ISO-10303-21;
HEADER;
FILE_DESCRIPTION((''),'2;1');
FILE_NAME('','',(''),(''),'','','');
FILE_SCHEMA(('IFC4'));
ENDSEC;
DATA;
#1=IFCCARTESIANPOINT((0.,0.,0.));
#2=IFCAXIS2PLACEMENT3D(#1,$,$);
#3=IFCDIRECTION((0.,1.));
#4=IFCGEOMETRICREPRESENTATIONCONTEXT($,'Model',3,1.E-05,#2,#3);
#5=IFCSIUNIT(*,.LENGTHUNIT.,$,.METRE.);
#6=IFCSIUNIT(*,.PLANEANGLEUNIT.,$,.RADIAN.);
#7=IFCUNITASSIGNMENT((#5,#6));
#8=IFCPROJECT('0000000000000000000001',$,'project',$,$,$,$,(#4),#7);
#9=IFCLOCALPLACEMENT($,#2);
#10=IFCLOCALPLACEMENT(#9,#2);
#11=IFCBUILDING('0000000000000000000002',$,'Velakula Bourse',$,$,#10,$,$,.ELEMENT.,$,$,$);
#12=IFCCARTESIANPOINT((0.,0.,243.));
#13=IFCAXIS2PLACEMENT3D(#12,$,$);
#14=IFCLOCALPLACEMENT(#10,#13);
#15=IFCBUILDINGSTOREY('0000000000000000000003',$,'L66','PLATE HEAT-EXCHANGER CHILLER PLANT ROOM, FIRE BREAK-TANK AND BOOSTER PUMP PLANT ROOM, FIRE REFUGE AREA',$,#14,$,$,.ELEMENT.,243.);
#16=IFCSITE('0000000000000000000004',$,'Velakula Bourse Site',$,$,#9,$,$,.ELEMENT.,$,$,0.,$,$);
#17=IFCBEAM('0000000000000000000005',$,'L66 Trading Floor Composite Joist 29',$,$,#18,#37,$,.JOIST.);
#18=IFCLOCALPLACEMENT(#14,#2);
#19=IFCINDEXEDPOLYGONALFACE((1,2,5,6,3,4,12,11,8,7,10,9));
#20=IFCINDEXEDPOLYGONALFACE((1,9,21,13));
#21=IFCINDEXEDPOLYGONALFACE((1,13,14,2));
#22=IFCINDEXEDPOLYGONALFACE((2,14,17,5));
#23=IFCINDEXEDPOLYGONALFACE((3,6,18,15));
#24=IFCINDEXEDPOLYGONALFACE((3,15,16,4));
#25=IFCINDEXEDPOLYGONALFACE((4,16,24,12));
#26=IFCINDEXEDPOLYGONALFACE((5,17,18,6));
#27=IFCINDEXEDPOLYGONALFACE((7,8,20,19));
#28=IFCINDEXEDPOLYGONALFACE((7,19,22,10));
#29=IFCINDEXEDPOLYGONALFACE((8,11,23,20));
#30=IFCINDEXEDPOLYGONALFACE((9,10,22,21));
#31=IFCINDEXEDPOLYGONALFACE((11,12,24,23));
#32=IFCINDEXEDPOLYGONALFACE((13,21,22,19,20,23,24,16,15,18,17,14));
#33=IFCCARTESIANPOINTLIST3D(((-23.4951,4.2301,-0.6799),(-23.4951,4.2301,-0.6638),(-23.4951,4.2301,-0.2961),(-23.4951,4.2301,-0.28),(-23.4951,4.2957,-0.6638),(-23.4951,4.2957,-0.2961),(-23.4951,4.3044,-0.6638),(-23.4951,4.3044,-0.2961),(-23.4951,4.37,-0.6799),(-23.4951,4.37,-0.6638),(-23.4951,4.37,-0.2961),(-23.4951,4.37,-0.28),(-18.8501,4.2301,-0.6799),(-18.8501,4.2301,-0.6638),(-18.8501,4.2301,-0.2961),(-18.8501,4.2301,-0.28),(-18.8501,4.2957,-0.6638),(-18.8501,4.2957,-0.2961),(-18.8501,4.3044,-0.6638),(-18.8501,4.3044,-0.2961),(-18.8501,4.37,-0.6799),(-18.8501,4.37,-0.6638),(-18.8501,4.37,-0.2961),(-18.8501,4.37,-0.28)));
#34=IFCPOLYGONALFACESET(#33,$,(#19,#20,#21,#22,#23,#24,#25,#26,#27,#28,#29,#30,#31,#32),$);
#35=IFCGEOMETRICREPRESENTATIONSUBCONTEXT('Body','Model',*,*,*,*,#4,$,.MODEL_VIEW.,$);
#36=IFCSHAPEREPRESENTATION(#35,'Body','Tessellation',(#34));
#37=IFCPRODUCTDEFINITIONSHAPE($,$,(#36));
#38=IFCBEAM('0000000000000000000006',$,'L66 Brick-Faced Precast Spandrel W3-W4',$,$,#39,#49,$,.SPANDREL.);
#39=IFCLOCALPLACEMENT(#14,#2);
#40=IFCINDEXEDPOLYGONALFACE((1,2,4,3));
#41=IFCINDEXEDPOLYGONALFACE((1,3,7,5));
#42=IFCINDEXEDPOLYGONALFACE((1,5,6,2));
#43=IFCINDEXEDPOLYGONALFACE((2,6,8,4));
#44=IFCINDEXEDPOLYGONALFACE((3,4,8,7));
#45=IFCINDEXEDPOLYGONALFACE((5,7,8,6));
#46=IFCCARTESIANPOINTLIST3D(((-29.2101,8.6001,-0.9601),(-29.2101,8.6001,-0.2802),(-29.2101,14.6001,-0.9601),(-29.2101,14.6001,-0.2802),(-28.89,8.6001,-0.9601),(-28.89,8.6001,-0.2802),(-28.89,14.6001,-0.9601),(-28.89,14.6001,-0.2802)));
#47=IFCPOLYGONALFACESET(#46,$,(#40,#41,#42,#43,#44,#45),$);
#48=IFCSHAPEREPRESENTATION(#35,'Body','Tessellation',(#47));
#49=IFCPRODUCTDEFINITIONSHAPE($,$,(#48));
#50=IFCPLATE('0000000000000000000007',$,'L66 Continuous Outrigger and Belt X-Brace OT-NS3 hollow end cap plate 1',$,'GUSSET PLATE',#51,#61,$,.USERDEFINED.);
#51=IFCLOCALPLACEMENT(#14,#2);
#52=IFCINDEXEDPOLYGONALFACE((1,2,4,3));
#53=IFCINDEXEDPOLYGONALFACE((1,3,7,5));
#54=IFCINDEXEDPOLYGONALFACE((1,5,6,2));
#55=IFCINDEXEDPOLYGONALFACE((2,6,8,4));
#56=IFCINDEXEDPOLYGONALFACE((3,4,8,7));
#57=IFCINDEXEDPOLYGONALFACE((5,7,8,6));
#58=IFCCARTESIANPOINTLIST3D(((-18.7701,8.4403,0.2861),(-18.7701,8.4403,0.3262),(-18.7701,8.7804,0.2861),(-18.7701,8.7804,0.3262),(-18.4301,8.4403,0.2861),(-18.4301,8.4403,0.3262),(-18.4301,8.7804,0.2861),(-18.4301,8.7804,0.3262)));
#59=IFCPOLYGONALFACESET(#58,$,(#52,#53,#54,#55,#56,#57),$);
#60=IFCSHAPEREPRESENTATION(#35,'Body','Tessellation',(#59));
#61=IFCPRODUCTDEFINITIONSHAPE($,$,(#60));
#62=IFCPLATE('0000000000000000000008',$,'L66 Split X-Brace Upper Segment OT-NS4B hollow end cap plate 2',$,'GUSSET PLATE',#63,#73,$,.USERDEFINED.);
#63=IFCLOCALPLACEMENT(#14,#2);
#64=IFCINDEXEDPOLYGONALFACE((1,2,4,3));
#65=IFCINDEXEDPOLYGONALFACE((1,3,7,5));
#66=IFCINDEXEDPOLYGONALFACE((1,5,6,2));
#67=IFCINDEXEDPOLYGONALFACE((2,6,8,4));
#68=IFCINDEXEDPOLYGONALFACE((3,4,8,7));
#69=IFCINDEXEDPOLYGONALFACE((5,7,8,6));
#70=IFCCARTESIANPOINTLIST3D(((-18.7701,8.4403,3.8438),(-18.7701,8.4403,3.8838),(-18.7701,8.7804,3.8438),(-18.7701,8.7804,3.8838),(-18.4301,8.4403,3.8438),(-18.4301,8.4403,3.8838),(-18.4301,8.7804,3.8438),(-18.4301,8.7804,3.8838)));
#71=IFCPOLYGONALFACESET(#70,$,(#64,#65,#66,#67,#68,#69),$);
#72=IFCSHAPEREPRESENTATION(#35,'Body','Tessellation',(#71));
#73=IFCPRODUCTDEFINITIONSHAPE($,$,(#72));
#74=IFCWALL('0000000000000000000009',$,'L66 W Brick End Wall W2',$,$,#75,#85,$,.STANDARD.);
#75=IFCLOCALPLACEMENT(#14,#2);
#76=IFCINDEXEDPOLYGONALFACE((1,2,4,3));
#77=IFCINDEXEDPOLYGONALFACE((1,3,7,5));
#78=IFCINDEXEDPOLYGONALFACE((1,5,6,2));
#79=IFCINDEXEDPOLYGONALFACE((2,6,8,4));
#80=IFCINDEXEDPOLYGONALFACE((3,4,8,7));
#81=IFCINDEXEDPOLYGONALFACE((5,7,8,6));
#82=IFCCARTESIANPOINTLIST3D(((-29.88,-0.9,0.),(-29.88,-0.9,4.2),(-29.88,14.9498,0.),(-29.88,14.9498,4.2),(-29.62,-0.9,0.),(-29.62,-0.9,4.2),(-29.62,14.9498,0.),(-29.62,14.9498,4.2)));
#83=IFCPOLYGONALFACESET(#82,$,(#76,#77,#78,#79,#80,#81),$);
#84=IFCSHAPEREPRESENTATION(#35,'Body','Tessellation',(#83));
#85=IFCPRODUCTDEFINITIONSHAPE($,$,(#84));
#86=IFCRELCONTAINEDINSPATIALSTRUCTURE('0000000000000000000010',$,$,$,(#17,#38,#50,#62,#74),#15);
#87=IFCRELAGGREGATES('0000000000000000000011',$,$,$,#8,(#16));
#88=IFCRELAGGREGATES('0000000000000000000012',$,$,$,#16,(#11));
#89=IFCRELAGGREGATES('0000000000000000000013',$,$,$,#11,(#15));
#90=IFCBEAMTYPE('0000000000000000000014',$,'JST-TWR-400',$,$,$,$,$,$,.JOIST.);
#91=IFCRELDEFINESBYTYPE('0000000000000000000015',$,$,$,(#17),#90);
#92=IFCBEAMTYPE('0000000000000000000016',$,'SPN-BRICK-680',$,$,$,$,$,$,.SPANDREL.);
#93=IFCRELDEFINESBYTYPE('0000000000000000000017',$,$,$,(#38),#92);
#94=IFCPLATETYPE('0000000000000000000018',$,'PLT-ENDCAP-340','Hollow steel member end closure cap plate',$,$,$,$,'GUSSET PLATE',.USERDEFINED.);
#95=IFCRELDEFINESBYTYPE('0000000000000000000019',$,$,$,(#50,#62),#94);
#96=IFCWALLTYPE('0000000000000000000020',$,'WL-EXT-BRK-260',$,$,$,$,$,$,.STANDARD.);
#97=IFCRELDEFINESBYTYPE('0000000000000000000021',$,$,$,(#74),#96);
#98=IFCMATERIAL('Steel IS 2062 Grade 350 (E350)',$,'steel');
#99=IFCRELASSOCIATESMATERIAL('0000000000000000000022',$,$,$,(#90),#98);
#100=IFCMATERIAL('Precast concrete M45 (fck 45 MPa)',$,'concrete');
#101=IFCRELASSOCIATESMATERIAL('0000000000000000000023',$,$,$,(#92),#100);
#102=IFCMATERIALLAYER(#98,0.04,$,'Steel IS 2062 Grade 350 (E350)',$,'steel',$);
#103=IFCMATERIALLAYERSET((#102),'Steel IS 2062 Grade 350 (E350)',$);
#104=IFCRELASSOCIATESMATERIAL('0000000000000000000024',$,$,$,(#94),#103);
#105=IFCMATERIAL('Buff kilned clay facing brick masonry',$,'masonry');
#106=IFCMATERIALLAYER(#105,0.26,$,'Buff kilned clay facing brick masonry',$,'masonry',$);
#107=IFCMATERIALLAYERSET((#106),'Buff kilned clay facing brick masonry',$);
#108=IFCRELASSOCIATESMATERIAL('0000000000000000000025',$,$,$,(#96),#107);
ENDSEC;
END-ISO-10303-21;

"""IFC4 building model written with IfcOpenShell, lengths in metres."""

from ifc_helpers import new_model, si_unit, direction, frame, frame_2d, origin, origin_2d, place, context, subcontext, project, spatial, rectangle, i_section, extrude, material, layer, layer_set, material_profile, profile_set, type_object, element, save


model = new_model("IFC4")

# Units and contexts
model_context = context("Model", 3, precision=1e-05, world=origin(), true_north=direction((0.0, 1.0)))
body_context = subcontext(model_context, "Body", "Model", "MODEL_VIEW")
ifc_project = project(units=[si_unit("LENGTHUNIT", "METRE"), si_unit("PLANEANGLEUNIT", "RADIAN")], contexts=[model_context])

# Site, building, storey
site_placement = place(None, origin())
site = spatial("IfcSite", under=ifc_project, at=site_placement, Name="Velakula Bourse Site", CompositionType="ELEMENT", RefElevation=0.0)
building_placement = place(site_placement, origin())
building = spatial("IfcBuilding", under=site, at=building_placement, Name="Velakula Bourse", CompositionType="ELEMENT")
storey_placement = place(building_placement, frame((0.0, 0.0, 243.0)))
storey = spatial("IfcBuildingStorey", under=building, at=storey_placement, Name="L66", Description="PLATE HEAT-EXCHANGER CHILLER PLANT ROOM, FIRE BREAK-TANK AND BOOSTER PUMP PLANT ROOM, FIRE REFUGE AREA", CompositionType="ELEMENT", Elevation=243.0)

# Shared definitions
ifc_material_1 = material(Name="Steel IS 2062 Grade 350 (E350)", Category="steel")

# Beams
ifc_material_profile_1 = material_profile(ifc_material_1, i_section(OverallWidth=0.1399, OverallDepth=0.3999, WebThickness=0.0088, FlangeThickness=0.0161, at=origin_2d()), Name="Steel IS 2062 Grade 350 (E350)")
ifc_profile_set_1 = profile_set([ifc_material_profile_1], Name="Steel IS 2062 Grade 350 (E350)")
beam_type_1 = type_object("IfcBeamType", Name="JST-TWR-400", PredefinedType="JOIST", material=ifc_profile_set_1)
beam_1_placement = place(storey_placement, frame((-23.4951, 4.3, -0.48), z_axis=(1.0, 0.0, 0.0), x_axis=(0.0, 1.0, 0.0)))
element("IfcBeam", 1, at=beam_1_placement, inside=storey, type_object=beam_type_1, Name="L66 Trading Floor Composite Joist 29", PredefinedType="JOIST", context=body_context, shape_type="SweptSolid", body=[
    extrude(i_section(OverallWidth=0.1399, OverallDepth=0.3999, WebThickness=0.0088, FlangeThickness=0.0161, at=origin_2d()), origin(), (0.0, 0.0, 1.0), 4.645),
])
ifc_material_2 = material(Name="Precast concrete M45 (fck 45 MPa)", Category="concrete")
ifc_material_profile_2 = material_profile(ifc_material_2, rectangle(XDim=0.3201, YDim=0.6799, at=origin_2d()), Name="Precast concrete M45 (fck 45 MPa)")
ifc_profile_set_2 = profile_set([ifc_material_profile_2], Name="Precast concrete M45 (fck 45 MPa)")
beam_type_2 = type_object("IfcBeamType", Name="SPN-BRICK-680", PredefinedType="SPANDREL", material=ifc_profile_set_2)
beam_2_placement = place(storey_placement, frame((-29.05, 8.6001, -0.6201), z_axis=(0.0, 1.0, 0.0), x_axis=(-1.0, 0.0, 0.0)))
element("IfcBeam", 2, at=beam_2_placement, inside=storey, type_object=beam_type_2, Name="L66 Brick-Faced Precast Spandrel W3-W4", PredefinedType="SPANDREL", context=body_context, shape_type="SweptSolid", body=[
    extrude(rectangle(XDim=0.3201, YDim=0.6799, at=origin_2d()), origin(), (0.0, 0.0, 1.0), 6.0),
])

# Plates
ifc_layer_1 = layer(ifc_material_1, 0.04, Name="Steel IS 2062 Grade 350 (E350)", Category="steel")
ifc_layer_set_1 = layer_set([ifc_layer_1], Name="Steel IS 2062 Grade 350 (E350)")
plate_type = type_object("IfcPlateType", Name="PLT-ENDCAP-340", Description="Hollow steel member end closure cap plate", ElementType="GUSSET PLATE", PredefinedType="USERDEFINED", material=ifc_layer_set_1)
for number, where, z_axis, x_axis, name in (
    (3, (-18.6001, 8.6104, 0.2861), (0.0, 0.0, 1.0), (0.0, 1.0, 0.0), "L66 Continuous Outrigger and Belt X-Brace OT-NS3 hollow end cap plate 1"),
    (4, (-18.6001, 8.6104, 3.8438), (0.0, 0.0, 1.0), (0.0, -1.0, 0.0), "L66 Split X-Brace Upper Segment OT-NS4B hollow end cap plate 2"),
):
    element("IfcPlate", number, at=place(storey_placement, frame(where, z_axis=z_axis, x_axis=x_axis)), inside=storey, type_object=plate_type, Name=name, ObjectType="GUSSET PLATE", PredefinedType="USERDEFINED", context=body_context, shape_type="SweptSolid", body=[
        extrude(rectangle(XDim=0.3401, YDim=0.3401, at=origin_2d()), origin(), (0.0, 0.0, 1.0), 0.04),
    ])

# Wall
ifc_material_3 = material(Name="Buff kilned clay facing brick masonry", Category="masonry")
ifc_layer_2 = layer(ifc_material_3, 0.26, Name="Buff kilned clay facing brick masonry", Category="masonry")
ifc_layer_set_2 = layer_set([ifc_layer_2], Name="Buff kilned clay facing brick masonry")
wall_type = type_object("IfcWallType", Name="WL-EXT-BRK-260", PredefinedType="STANDARD", material=ifc_layer_set_2)
wall_placement = place(storey_placement, frame((-29.75, -0.8999, 0.0), z_axis=(0.0, 0.0, 1.0), x_axis=(0.0, 1.0, 0.0)))
element("IfcWall", 5, at=wall_placement, inside=storey, type_object=wall_type, Name="L66 W Brick End Wall W2", PredefinedType="STANDARD", context=body_context, shape_type="SweptSolid", body=[
    extrude(rectangle(XDim=15.8499, YDim=0.26, at=frame_2d((7.9248, 0.0))), origin(), (0.0, 0.0, 1.0), 4.2),
])

save(model, "model.ifc")
